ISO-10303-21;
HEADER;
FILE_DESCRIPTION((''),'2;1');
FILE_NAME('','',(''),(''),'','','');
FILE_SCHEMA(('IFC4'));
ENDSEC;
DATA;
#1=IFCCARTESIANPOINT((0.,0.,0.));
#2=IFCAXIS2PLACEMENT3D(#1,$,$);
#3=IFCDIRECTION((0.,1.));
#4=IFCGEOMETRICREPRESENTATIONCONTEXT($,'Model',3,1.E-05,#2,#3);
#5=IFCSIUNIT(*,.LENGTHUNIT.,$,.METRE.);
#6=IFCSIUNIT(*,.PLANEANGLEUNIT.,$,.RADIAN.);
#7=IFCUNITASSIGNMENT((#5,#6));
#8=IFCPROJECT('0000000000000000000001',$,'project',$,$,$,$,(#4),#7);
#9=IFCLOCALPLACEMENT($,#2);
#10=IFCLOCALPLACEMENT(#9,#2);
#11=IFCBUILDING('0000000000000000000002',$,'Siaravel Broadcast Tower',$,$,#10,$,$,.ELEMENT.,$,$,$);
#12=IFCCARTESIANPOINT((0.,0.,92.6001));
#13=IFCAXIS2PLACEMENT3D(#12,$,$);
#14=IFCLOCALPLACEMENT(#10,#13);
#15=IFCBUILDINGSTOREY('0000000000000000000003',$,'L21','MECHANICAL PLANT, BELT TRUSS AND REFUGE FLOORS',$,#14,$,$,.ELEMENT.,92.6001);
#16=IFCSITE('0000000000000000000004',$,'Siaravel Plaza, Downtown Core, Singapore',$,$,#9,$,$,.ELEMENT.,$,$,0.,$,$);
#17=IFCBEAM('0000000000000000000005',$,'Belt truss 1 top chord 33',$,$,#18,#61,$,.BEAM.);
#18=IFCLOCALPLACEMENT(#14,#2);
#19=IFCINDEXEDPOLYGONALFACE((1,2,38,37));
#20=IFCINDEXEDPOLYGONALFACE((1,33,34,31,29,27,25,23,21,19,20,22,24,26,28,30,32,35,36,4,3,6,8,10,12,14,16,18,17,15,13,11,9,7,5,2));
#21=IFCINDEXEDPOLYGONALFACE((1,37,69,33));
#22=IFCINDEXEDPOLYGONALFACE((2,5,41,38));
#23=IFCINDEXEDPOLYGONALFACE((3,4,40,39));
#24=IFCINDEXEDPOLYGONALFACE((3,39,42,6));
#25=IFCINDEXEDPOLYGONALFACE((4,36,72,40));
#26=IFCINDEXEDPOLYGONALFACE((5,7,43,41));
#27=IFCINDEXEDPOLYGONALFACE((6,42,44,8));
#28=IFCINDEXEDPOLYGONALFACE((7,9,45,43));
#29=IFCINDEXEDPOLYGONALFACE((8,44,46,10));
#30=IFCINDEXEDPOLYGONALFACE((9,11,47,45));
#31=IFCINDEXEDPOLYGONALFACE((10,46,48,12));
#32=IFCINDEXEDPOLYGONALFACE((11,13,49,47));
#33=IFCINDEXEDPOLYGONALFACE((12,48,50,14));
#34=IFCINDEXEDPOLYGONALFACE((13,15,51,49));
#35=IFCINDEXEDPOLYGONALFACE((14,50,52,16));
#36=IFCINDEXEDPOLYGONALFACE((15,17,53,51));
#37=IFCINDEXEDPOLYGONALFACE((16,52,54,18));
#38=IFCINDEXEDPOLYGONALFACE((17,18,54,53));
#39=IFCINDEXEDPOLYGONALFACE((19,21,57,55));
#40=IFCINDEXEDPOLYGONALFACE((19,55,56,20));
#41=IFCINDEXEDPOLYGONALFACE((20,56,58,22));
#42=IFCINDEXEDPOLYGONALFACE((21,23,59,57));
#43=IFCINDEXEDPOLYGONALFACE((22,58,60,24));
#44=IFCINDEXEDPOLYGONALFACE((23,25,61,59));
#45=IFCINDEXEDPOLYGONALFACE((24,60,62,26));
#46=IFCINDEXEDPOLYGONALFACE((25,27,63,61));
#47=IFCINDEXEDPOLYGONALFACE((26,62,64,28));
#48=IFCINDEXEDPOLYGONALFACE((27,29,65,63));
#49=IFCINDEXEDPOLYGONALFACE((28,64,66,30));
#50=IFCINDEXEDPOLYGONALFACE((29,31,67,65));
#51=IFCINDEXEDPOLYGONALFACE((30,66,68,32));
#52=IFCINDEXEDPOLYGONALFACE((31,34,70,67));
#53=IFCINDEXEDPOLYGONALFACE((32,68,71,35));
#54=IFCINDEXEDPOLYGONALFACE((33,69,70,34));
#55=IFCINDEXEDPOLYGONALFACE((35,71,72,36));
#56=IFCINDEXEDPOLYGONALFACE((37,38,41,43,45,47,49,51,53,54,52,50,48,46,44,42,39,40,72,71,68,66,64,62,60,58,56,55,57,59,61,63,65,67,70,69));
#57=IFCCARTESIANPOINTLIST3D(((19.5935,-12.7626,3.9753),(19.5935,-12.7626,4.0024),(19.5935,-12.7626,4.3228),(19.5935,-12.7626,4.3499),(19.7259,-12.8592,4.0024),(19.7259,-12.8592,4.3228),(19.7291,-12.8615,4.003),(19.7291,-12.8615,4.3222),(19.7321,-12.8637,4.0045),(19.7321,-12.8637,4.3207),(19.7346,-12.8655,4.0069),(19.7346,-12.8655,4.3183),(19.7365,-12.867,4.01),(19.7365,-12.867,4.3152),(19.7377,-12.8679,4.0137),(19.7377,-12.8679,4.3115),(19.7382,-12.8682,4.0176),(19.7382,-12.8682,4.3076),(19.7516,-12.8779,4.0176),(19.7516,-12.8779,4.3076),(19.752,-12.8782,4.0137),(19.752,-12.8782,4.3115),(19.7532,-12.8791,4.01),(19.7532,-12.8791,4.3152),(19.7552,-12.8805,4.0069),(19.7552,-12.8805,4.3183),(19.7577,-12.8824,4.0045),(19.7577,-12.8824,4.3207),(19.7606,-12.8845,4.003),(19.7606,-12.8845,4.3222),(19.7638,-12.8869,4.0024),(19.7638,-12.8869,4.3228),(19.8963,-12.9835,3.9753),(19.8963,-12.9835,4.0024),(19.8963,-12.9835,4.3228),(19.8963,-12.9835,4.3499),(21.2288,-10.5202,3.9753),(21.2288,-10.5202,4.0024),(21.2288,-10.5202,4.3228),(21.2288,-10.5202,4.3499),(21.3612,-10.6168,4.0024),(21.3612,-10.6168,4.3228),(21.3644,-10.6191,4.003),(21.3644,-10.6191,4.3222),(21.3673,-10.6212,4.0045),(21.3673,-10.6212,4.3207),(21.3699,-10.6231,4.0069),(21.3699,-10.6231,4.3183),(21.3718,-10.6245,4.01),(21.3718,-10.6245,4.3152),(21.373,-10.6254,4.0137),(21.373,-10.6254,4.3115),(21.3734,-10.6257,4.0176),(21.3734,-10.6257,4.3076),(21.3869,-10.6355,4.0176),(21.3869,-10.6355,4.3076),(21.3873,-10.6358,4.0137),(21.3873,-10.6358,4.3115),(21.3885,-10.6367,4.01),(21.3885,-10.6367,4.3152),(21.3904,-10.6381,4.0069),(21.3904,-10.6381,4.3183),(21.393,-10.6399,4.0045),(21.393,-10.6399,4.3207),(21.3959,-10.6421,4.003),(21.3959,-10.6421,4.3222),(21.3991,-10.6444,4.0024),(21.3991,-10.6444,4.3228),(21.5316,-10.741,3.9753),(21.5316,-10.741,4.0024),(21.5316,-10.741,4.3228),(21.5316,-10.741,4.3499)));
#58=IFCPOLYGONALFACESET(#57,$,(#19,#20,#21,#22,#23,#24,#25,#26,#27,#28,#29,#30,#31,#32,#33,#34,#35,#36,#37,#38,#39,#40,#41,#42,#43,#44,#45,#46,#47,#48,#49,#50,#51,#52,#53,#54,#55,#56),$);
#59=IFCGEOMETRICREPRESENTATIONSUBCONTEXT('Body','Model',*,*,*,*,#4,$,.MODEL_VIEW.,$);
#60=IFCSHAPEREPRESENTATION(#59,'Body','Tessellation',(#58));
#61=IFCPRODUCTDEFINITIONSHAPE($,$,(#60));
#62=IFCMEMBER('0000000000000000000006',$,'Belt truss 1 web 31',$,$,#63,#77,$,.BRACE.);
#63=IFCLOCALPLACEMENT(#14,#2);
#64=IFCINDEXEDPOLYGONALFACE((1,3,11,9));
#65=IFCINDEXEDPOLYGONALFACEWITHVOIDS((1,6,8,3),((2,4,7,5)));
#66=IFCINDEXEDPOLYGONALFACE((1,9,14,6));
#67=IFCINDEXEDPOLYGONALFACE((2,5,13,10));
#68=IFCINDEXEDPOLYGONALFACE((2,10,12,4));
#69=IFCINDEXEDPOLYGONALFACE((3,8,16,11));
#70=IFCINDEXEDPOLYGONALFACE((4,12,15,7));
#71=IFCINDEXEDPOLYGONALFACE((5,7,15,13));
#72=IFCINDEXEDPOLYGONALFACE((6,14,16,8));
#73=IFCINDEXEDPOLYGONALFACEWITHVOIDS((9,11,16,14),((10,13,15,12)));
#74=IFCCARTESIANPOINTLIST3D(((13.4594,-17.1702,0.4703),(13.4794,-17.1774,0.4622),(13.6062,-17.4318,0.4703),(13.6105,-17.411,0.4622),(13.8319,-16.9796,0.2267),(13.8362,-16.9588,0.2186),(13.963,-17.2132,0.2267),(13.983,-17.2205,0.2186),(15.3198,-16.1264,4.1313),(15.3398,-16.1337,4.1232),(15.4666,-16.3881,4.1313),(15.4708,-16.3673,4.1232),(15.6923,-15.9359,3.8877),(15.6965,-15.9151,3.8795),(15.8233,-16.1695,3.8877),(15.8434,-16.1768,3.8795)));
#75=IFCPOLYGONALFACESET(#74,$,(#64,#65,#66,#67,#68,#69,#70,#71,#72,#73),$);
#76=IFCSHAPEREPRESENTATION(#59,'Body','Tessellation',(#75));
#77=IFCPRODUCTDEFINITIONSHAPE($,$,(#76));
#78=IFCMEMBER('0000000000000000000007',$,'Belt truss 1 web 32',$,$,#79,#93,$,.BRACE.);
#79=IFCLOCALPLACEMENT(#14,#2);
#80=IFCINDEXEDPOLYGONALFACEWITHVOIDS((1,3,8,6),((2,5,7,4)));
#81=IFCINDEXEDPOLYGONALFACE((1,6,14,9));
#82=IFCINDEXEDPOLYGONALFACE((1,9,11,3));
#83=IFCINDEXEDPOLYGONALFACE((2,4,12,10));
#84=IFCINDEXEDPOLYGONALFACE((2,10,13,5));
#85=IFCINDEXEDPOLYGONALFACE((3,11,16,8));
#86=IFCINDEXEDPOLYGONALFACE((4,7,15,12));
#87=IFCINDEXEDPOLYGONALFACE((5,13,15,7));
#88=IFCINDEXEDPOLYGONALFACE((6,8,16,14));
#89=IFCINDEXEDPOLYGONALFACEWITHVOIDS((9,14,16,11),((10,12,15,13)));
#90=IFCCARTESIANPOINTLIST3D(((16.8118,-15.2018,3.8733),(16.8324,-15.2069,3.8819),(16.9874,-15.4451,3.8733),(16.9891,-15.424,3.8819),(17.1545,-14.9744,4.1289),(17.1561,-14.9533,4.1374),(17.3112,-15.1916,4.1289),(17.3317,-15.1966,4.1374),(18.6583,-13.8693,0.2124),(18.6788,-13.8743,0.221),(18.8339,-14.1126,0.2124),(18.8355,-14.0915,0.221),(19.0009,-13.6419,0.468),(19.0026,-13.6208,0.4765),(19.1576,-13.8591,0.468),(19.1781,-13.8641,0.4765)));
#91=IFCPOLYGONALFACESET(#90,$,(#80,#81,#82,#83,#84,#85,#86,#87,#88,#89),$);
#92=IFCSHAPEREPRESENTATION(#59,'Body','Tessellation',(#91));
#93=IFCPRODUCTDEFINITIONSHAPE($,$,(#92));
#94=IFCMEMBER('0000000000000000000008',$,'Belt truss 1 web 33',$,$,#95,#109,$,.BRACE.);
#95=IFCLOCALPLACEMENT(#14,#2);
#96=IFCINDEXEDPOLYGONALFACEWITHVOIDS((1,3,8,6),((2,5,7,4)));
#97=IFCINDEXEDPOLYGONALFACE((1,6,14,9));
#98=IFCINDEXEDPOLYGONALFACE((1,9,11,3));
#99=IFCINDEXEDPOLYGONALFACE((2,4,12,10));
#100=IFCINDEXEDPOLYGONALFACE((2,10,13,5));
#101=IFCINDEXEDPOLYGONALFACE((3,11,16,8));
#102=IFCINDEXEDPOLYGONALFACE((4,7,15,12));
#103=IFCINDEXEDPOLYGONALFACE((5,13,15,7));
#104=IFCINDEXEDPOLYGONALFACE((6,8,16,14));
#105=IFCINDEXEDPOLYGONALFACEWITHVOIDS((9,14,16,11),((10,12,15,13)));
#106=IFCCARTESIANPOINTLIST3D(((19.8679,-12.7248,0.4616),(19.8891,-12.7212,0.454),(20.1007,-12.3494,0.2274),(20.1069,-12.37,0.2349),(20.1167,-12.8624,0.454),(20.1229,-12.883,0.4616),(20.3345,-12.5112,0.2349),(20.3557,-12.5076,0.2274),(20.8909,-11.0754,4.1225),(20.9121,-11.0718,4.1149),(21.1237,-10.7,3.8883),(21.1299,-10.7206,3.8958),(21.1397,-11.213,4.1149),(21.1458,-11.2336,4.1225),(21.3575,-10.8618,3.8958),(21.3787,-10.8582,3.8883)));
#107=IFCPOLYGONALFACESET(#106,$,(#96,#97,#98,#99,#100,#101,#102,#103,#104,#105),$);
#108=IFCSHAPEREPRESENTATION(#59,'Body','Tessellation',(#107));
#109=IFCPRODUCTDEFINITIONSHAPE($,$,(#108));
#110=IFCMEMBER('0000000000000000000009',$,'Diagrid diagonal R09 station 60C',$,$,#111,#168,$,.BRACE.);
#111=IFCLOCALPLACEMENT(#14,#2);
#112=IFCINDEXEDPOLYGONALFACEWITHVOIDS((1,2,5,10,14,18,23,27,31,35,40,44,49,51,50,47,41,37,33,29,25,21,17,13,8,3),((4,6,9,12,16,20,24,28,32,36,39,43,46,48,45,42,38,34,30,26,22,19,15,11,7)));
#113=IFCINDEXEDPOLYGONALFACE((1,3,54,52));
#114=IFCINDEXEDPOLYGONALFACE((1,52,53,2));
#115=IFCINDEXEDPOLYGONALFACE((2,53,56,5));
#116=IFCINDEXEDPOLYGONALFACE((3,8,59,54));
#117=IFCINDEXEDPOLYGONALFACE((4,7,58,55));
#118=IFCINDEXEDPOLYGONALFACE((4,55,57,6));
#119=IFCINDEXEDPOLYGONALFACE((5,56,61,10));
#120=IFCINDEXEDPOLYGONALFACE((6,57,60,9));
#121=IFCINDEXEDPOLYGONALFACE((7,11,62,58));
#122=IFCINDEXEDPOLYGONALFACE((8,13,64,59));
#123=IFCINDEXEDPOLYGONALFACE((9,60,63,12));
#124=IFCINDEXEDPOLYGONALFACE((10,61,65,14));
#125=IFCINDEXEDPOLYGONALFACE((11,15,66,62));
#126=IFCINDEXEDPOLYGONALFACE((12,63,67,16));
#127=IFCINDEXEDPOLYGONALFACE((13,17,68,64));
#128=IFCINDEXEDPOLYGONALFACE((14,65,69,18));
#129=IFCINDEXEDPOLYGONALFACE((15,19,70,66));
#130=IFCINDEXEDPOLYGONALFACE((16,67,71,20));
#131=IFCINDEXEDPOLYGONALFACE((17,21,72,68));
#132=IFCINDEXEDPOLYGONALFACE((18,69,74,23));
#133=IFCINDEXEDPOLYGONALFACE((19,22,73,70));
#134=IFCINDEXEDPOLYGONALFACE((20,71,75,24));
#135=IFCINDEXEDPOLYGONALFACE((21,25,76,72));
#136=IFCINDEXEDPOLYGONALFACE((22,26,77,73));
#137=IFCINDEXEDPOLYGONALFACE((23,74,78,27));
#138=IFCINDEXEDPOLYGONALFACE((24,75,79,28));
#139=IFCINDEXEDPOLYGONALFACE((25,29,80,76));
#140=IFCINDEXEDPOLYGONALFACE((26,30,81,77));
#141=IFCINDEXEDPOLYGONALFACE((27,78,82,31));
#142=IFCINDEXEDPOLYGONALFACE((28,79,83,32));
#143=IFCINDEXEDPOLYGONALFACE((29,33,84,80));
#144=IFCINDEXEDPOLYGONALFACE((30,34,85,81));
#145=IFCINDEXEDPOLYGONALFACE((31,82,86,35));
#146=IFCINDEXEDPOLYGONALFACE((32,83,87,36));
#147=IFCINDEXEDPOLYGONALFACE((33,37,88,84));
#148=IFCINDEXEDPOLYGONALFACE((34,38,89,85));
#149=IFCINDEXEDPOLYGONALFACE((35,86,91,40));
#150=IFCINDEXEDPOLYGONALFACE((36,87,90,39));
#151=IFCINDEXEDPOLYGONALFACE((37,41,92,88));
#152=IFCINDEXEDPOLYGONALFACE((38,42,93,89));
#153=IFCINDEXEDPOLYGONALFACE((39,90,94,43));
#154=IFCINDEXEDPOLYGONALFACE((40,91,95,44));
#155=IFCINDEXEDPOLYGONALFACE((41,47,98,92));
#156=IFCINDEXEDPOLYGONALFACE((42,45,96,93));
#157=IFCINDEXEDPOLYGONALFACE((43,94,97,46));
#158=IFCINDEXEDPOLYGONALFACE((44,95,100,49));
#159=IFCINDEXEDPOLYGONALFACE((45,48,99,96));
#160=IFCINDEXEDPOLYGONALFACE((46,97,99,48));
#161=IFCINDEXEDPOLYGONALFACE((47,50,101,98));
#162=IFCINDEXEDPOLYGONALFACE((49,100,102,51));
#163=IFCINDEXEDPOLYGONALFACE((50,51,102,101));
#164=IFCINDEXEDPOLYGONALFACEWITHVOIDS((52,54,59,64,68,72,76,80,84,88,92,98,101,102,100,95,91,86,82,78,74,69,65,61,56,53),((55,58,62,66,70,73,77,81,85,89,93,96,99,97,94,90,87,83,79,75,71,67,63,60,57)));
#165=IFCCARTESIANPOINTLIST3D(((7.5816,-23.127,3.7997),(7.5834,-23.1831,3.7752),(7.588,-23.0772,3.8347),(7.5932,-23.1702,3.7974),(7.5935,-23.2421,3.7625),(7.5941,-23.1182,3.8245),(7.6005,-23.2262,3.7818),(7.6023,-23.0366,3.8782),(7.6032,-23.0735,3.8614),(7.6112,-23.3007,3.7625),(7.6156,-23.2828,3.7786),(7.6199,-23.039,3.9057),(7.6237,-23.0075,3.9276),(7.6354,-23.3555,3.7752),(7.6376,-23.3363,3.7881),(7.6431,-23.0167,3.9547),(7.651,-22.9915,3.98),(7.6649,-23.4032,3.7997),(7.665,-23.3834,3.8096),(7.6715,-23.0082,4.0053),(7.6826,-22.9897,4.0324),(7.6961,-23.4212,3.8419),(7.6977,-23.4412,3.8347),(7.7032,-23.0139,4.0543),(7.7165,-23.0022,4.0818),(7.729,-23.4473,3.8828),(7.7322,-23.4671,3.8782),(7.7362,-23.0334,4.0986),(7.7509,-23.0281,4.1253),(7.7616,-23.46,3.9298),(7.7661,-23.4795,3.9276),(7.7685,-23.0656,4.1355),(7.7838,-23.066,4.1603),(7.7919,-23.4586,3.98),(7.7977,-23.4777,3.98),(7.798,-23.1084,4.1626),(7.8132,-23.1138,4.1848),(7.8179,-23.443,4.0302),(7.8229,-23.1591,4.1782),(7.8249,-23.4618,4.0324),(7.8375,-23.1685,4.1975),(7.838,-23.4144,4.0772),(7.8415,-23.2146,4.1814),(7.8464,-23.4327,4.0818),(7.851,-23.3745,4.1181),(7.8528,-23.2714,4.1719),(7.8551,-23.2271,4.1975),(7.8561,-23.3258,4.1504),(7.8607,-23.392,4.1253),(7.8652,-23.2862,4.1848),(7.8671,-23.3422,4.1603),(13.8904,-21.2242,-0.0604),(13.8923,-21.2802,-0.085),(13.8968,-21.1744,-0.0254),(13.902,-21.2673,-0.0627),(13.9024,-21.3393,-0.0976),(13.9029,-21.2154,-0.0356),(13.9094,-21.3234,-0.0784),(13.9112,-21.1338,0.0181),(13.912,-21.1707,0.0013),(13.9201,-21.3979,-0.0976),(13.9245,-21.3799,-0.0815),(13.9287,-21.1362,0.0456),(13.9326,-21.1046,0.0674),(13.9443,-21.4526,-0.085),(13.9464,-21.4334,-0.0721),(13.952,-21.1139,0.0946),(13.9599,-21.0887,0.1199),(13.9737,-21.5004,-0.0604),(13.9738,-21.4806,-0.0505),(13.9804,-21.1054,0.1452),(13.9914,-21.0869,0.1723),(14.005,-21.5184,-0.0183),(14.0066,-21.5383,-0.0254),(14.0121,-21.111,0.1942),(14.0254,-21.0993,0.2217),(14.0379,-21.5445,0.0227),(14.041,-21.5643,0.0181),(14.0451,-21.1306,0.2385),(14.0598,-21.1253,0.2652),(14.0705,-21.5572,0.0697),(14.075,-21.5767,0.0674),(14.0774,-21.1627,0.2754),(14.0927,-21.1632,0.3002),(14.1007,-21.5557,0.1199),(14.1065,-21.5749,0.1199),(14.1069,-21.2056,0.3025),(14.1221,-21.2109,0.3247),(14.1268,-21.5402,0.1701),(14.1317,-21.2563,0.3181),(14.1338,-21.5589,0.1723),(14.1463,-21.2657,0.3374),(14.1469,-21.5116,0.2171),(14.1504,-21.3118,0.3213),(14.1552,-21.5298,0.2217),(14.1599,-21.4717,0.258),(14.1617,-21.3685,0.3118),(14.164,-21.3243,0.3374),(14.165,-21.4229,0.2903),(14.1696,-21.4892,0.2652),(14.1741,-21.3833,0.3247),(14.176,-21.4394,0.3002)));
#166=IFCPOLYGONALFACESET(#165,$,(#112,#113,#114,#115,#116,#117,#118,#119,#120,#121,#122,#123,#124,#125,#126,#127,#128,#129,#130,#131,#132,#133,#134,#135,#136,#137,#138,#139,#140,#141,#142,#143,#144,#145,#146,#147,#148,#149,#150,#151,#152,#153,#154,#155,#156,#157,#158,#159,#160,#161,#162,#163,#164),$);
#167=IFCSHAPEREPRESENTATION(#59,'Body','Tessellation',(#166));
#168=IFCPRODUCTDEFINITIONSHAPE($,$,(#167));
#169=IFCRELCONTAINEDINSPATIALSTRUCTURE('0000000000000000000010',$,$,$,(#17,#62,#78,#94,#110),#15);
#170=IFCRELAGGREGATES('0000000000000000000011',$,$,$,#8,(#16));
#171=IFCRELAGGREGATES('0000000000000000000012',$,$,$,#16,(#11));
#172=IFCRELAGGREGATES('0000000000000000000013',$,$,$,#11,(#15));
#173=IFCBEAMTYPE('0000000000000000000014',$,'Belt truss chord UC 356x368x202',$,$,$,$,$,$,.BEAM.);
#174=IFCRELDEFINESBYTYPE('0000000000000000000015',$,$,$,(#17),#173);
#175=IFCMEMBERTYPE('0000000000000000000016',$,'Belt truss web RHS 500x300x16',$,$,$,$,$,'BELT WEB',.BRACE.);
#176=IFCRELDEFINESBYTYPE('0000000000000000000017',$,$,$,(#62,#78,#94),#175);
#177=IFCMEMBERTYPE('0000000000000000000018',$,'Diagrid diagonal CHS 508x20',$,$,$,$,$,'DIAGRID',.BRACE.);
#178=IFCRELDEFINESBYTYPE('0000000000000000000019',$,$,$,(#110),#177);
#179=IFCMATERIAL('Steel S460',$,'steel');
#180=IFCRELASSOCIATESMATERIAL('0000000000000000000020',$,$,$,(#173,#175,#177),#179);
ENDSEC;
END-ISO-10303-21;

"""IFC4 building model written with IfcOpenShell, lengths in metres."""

from ifc_helpers import new_model, si_unit, direction, frame, origin, origin_2d, place, context, subcontext, project, spatial, hollow_rectangle, hollow_circle, i_section, extrude, material, material_profile, profile_set, type_object, element, save


model = new_model("IFC4")

# Units and contexts
model_context = context("Model", 3, precision=1e-05, world=origin(), true_north=direction((0.0, 1.0)))
body_context = subcontext(model_context, "Body", "Model", "MODEL_VIEW")
ifc_project = project(units=[si_unit("LENGTHUNIT", "METRE"), si_unit("PLANEANGLEUNIT", "RADIAN")], contexts=[model_context])

# Site, building, storey
site_placement = place(None, origin())
site = spatial("IfcSite", under=ifc_project, at=site_placement, Name="Siaravel Plaza, Downtown Core, Singapore", CompositionType="ELEMENT", RefElevation=0.0)
building_placement = place(site_placement, origin())
building = spatial("IfcBuilding", under=site, at=building_placement, Name="Siaravel Broadcast Tower", CompositionType="ELEMENT")
storey_placement = place(building_placement, frame((0.0, 0.0, 92.6001)))
storey = spatial("IfcBuildingStorey", under=building, at=storey_placement, Name="L21", Description="MECHANICAL PLANT, BELT TRUSS AND REFUGE FLOORS", CompositionType="ELEMENT", Elevation=92.6001)

# Beam
ifc_material_1 = material(Name="Steel S460", Category="steel")
ifc_material_profile_1 = material_profile(ifc_material_1, i_section(OverallWidth=0.3748, OverallDepth=0.3745, WebThickness=0.0166, FlangeThickness=0.0271, FilletRadius=0.0151, at=origin_2d()))
ifc_profile_set_1 = profile_set([ifc_material_profile_1], Name="Steel S460")
beam_type_1 = type_object("IfcBeamType", Name="Belt truss chord UC 356x368x202", PredefinedType="BEAM", material=ifc_profile_set_1)
beam_1_placement = place(storey_placement, frame((19.7449, -12.873, 4.1626), z_axis=(0.589207, 0.807982, 0.0), x_axis=(-0.807982, 0.589207, 0.0)))
element("IfcBeam", 1, at=beam_1_placement, inside=storey, type_object=beam_type_1, Name="Belt truss 1 top chord 33", PredefinedType="BEAM", context=body_context, shape_type="SweptSolid", body=[
    extrude(i_section(OverallWidth=0.3748, OverallDepth=0.3745, WebThickness=0.0166, FlangeThickness=0.0271, FilletRadius=0.0151, at=origin_2d()), origin(), (0.0, 0.0, 1.0), 2.7754),
])

# Members
ifc_material_profile_2 = material_profile(ifc_material_1, hollow_rectangle(XDim=0.3, YDim=0.5, WallThickness=0.0161, at=origin_2d()))
ifc_profile_set_2 = profile_set([ifc_material_profile_2], Name="Steel S460")
member_type_1 = type_object("IfcMemberType", Name="Belt truss web RHS 500x300x16", ElementType="BELT WEB", PredefinedType="BRACE", material=ifc_profile_set_2)
member_1_placement = place(storey_placement, frame((13.7212, -17.1953, 0.3445), z_axis=(0.439071, 0.246329, 0.864025), x_axis=(-0.489283, 0.872125, 0.0)))
element("IfcMember", 2, at=member_1_placement, inside=storey, type_object=member_type_1, Name="Belt truss 1 web 31", PredefinedType="BRACE", context=body_context, shape_type="SweptSolid", body=[
    extrude(hollow_rectangle(XDim=0.3, YDim=0.5, WallThickness=0.0161, at=origin_2d()), origin(), (0.0, 0.0, 1.0), 4.2371),
])
member_2_placement = place(storey_placement, frame((18.9182, -13.8667, 0.3445), z_axis=(-0.428281, -0.309078, 0.849144), x_axis=(0.585197, -0.810891, 0.0)))
element("IfcMember", 3, at=member_2_placement, inside=storey, type_object=member_type_1, Name="Belt truss 1 web 32", PredefinedType="BRACE", context=body_context, shape_type="SweptSolid", body=[
    extrude(hollow_rectangle(XDim=0.3, YDim=0.5, WallThickness=0.0161, at=origin_2d()), origin(), (0.0, 0.0, 1.0), 4.3113),
])
member_3_placement = place(storey_placement, frame((20.1118, -12.6162, 0.3445), z_axis=(0.246877, 0.398067, 0.883513), x_axis=(-0.849831, 0.527056, 0.0)))
element("IfcMember", 4, at=member_3_placement, inside=storey, type_object=member_type_1, Name="Belt truss 1 web 33", PredefinedType="BRACE", context=body_context, shape_type="SweptSolid", body=[
    extrude(hollow_rectangle(XDim=0.3, YDim=0.5, WallThickness=0.0161, at=origin_2d()), origin(), (0.0, 0.0, 1.0), 4.1436),
])
ifc_material_profile_3 = material_profile(ifc_material_1, hollow_circle(Radius=0.2539, WallThickness=0.02, at=origin_2d()))
ifc_profile_set_3 = profile_set([ifc_material_profile_3], Name="Steel S460")
member_type_2 = type_object("IfcMemberType", Name="Diagrid diagonal CHS 508x20", ElementType="DIAGRID", PredefinedType="BRACE", material=ifc_profile_set_3)
member_4_placement = place(storey_placement, frame((14.0332, -21.3318, 0.1199), z_axis=(-0.826097, -0.249162, 0.505453), x_axis=(0.288765, -0.9574, 0.0)))
element("IfcMember", 5, at=member_4_placement, inside=storey, type_object=member_type_2, Name="Diagrid diagonal R09 station 60C", PredefinedType="BRACE", context=body_context, shape_type="SweptSolid", body=[
    extrude(hollow_circle(Radius=0.2539, WallThickness=0.02, at=origin_2d()), origin(), (0.0, 0.0, 1.0), 7.637),
])

save(model, "model.ifc")
